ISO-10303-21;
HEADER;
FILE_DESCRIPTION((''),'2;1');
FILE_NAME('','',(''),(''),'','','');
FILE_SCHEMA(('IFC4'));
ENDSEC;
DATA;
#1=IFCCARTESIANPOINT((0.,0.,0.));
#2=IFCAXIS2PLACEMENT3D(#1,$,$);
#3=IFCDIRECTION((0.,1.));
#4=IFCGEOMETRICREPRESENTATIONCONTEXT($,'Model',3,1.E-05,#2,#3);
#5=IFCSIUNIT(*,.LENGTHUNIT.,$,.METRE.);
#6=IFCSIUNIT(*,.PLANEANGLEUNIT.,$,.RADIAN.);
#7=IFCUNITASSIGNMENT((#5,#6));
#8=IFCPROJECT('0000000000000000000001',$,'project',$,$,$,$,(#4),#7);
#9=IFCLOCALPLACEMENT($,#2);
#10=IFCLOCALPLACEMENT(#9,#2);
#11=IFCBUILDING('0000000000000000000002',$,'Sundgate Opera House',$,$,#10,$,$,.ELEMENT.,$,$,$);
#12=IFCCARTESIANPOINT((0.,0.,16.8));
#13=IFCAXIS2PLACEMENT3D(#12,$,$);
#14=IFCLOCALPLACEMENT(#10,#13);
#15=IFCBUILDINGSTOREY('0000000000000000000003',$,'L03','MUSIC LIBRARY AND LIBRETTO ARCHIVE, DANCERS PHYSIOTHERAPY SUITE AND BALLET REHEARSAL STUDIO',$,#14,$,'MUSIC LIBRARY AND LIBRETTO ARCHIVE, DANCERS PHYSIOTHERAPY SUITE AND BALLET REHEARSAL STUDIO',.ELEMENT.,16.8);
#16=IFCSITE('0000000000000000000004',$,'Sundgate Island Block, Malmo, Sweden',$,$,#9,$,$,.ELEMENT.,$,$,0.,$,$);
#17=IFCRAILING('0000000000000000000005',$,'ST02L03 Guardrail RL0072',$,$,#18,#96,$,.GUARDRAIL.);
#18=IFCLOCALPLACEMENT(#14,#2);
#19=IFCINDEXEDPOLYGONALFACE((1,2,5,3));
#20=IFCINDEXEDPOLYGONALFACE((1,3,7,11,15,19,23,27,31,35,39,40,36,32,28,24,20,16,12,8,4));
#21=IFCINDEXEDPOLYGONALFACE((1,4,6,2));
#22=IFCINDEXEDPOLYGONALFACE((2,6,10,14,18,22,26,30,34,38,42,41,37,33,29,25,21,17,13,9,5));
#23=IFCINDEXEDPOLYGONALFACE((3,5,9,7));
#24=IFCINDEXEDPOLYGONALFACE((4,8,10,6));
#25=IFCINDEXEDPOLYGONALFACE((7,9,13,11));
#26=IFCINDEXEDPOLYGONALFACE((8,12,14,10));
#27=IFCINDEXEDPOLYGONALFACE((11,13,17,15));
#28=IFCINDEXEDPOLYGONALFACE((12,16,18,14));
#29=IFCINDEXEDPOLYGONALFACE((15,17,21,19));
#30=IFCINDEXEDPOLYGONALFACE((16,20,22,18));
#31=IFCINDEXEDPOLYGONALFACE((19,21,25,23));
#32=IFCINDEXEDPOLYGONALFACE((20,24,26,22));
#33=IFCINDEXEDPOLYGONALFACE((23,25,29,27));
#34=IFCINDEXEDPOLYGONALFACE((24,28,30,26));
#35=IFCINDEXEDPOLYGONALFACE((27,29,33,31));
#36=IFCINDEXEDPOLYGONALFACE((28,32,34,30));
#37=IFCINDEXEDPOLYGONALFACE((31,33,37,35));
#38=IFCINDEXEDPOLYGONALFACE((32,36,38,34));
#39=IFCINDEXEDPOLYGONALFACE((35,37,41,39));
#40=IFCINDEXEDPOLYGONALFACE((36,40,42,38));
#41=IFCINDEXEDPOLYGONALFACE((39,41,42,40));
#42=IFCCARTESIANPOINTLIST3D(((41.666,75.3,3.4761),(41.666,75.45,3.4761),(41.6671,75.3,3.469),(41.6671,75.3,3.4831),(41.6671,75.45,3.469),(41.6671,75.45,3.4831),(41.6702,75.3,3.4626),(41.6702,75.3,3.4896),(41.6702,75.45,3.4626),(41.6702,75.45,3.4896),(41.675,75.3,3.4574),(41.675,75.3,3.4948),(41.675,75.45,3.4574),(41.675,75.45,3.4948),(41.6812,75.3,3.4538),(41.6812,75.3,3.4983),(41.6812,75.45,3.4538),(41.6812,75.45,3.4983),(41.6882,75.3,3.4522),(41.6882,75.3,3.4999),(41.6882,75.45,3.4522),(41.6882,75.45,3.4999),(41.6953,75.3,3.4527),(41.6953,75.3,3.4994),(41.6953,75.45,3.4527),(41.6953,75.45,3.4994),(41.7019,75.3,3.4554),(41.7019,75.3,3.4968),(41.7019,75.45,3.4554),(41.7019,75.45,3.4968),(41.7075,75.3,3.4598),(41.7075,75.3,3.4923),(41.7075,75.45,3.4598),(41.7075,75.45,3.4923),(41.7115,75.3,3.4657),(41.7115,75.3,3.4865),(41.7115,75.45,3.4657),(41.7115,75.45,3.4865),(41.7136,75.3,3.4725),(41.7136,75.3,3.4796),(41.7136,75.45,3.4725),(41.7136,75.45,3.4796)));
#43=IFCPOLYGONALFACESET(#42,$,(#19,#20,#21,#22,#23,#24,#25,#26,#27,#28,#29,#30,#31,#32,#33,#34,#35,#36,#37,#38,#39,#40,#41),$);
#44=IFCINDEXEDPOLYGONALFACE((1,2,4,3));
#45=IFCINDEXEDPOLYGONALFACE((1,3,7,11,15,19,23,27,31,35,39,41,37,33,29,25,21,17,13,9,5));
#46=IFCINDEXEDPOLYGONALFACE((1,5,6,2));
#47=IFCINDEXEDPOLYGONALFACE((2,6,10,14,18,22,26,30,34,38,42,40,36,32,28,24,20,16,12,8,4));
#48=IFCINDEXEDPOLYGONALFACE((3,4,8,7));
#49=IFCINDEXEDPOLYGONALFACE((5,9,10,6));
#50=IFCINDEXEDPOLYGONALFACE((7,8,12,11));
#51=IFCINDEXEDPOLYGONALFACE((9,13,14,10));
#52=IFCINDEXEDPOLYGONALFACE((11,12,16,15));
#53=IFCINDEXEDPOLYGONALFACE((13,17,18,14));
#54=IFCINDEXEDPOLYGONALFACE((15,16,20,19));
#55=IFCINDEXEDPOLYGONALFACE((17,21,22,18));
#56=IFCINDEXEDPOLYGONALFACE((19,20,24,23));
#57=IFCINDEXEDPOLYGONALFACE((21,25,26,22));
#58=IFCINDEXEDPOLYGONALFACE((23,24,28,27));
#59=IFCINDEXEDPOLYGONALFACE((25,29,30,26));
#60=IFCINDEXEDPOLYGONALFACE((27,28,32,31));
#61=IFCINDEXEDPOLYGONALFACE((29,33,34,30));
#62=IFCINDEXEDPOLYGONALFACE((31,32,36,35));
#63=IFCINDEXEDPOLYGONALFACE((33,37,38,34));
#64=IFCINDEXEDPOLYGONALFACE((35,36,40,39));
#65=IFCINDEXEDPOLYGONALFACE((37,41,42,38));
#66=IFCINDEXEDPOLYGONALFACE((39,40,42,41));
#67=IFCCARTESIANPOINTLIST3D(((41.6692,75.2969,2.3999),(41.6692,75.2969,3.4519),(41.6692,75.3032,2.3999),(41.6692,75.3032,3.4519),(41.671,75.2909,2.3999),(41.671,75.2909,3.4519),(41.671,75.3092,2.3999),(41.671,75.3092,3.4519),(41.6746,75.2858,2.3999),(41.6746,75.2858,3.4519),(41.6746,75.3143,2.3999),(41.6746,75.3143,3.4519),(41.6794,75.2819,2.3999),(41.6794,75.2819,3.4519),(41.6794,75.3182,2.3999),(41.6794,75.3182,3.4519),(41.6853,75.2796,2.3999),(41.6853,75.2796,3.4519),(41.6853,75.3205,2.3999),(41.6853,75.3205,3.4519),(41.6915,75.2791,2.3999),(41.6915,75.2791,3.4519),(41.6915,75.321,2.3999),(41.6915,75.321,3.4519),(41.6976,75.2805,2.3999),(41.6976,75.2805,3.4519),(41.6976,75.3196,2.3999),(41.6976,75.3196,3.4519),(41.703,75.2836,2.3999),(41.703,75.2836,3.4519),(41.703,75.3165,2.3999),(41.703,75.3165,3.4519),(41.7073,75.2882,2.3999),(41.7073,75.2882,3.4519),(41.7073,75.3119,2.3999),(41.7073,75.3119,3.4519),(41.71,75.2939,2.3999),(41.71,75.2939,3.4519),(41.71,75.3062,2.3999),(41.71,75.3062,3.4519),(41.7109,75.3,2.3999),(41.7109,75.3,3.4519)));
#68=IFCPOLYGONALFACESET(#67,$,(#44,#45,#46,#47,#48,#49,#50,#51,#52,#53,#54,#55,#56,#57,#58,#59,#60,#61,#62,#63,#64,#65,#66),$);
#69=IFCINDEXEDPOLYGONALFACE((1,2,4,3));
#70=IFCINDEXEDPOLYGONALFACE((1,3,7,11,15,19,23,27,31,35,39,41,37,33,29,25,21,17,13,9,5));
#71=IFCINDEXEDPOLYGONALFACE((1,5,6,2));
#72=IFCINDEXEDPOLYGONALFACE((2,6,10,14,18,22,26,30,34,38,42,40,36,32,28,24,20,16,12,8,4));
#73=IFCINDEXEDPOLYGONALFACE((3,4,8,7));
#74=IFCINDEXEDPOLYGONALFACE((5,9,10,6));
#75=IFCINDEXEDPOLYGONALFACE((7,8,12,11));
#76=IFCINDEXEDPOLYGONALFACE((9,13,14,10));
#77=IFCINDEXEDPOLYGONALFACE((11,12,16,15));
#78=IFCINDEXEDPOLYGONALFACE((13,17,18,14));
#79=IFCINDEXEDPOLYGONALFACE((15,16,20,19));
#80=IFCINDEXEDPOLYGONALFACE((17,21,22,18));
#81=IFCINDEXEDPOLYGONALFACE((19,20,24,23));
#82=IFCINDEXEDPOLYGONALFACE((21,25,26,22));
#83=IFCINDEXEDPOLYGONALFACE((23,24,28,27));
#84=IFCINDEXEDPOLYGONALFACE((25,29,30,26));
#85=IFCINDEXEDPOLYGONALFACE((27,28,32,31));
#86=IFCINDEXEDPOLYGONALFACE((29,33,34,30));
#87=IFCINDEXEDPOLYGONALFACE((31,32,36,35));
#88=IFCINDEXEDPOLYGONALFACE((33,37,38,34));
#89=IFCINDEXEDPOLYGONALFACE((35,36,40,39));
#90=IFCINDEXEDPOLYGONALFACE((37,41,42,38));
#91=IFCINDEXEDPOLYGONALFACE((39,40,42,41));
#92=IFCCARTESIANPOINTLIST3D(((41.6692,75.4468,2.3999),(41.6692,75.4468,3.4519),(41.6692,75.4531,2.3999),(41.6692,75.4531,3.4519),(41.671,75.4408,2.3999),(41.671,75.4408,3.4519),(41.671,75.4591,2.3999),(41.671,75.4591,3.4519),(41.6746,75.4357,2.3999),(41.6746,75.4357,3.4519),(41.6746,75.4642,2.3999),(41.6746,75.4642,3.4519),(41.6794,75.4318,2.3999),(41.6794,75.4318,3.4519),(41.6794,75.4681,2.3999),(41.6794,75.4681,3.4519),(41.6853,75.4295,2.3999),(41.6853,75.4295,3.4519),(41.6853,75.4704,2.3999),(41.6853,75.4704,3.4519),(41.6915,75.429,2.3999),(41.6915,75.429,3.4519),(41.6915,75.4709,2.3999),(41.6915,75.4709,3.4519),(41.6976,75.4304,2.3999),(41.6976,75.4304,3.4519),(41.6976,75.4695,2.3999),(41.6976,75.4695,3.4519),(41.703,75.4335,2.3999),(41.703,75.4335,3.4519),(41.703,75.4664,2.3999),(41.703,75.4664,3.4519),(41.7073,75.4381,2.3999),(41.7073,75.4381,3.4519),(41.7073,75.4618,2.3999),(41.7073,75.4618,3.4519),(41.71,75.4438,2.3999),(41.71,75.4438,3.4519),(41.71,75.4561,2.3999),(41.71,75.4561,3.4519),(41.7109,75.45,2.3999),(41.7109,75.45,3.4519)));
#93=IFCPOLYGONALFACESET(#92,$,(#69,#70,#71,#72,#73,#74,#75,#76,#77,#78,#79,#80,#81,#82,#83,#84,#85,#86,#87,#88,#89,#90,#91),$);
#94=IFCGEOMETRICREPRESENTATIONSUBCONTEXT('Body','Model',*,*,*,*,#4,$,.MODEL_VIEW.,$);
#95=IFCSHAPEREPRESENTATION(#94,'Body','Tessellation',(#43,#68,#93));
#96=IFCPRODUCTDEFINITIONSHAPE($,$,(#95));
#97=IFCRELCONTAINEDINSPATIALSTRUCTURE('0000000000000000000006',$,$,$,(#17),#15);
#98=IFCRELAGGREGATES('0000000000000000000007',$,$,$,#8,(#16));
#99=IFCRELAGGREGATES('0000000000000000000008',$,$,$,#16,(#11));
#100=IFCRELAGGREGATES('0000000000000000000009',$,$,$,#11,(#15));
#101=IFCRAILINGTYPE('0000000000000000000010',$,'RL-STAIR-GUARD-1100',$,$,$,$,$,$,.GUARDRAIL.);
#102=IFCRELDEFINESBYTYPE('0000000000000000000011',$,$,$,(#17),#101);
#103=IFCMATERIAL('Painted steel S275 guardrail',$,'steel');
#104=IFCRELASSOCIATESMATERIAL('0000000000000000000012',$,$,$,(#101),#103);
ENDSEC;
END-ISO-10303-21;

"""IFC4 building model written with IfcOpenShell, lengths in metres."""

from ifc_helpers import new_model, si_unit, direction, frame, origin, origin_2d, place, context, subcontext, project, spatial, circle, extrude, material, type_object, element, save


model = new_model("IFC4")

# Units and contexts
model_context = context("Model", 3, precision=1e-05, world=origin(), true_north=direction((0.0, 1.0)))
body_context = subcontext(model_context, "Body", "Model", "MODEL_VIEW")
ifc_project = project(units=[si_unit("LENGTHUNIT", "METRE"), si_unit("PLANEANGLEUNIT", "RADIAN")], contexts=[model_context])

# Site, building, storey
site_placement = place(None, origin())
site = spatial("IfcSite", under=ifc_project, at=site_placement, Name="Sundgate Island Block, Malmo, Sweden", CompositionType="ELEMENT", RefElevation=0.0)
building_placement = place(site_placement, origin())
building = spatial("IfcBuilding", under=site, at=building_placement, Name="Sundgate Opera House", CompositionType="ELEMENT")
storey_placement = place(building_placement, frame((0.0, 0.0, 16.8)))
storey = spatial("IfcBuildingStorey", under=building, at=storey_placement, Name="L03", Description="MUSIC LIBRARY AND LIBRETTO ARCHIVE, DANCERS PHYSIOTHERAPY SUITE AND BALLET REHEARSAL STUDIO", LongName="MUSIC LIBRARY AND LIBRETTO ARCHIVE, DANCERS PHYSIOTHERAPY SUITE AND BALLET REHEARSAL STUDIO", CompositionType="ELEMENT", Elevation=16.8)

# Railing
ifc_material_1 = material(Name="Painted steel S275 guardrail", Category="steel")
railing_type_1 = type_object("IfcRailingType", Name="RL-STAIR-GUARD-1100", PredefinedType="GUARDRAIL", material=ifc_material_1)
railing_1_placement = place(storey_placement, frame((41.6899, 75.3, 2.3999)))
element("IfcRailing", 1, at=railing_1_placement, inside=storey, type_object=railing_type_1, Name="ST02L03 Guardrail RL0072", PredefinedType="GUARDRAIL", context=body_context, shape_type="SweptSolid", body=[
    extrude(circle(Radius=0.0239, at=origin_2d()), frame((0.0, 0.0, 1.0762), z_axis=(0.0, 1.0, 0.0), x_axis=(-1.0, 0.0, 0.0)), (0.0, 0.0, 1.0), 0.1499),
    extrude(circle(Radius=0.021, at=origin_2d()), origin(), (0.0, 0.0, 1.0), 1.052),
    extrude(circle(Radius=0.021, at=origin_2d()), frame((0.0, 0.1499, 0.0)), (0.0, 0.0, 1.0), 1.052),
])

save(model, "model.ifc")
